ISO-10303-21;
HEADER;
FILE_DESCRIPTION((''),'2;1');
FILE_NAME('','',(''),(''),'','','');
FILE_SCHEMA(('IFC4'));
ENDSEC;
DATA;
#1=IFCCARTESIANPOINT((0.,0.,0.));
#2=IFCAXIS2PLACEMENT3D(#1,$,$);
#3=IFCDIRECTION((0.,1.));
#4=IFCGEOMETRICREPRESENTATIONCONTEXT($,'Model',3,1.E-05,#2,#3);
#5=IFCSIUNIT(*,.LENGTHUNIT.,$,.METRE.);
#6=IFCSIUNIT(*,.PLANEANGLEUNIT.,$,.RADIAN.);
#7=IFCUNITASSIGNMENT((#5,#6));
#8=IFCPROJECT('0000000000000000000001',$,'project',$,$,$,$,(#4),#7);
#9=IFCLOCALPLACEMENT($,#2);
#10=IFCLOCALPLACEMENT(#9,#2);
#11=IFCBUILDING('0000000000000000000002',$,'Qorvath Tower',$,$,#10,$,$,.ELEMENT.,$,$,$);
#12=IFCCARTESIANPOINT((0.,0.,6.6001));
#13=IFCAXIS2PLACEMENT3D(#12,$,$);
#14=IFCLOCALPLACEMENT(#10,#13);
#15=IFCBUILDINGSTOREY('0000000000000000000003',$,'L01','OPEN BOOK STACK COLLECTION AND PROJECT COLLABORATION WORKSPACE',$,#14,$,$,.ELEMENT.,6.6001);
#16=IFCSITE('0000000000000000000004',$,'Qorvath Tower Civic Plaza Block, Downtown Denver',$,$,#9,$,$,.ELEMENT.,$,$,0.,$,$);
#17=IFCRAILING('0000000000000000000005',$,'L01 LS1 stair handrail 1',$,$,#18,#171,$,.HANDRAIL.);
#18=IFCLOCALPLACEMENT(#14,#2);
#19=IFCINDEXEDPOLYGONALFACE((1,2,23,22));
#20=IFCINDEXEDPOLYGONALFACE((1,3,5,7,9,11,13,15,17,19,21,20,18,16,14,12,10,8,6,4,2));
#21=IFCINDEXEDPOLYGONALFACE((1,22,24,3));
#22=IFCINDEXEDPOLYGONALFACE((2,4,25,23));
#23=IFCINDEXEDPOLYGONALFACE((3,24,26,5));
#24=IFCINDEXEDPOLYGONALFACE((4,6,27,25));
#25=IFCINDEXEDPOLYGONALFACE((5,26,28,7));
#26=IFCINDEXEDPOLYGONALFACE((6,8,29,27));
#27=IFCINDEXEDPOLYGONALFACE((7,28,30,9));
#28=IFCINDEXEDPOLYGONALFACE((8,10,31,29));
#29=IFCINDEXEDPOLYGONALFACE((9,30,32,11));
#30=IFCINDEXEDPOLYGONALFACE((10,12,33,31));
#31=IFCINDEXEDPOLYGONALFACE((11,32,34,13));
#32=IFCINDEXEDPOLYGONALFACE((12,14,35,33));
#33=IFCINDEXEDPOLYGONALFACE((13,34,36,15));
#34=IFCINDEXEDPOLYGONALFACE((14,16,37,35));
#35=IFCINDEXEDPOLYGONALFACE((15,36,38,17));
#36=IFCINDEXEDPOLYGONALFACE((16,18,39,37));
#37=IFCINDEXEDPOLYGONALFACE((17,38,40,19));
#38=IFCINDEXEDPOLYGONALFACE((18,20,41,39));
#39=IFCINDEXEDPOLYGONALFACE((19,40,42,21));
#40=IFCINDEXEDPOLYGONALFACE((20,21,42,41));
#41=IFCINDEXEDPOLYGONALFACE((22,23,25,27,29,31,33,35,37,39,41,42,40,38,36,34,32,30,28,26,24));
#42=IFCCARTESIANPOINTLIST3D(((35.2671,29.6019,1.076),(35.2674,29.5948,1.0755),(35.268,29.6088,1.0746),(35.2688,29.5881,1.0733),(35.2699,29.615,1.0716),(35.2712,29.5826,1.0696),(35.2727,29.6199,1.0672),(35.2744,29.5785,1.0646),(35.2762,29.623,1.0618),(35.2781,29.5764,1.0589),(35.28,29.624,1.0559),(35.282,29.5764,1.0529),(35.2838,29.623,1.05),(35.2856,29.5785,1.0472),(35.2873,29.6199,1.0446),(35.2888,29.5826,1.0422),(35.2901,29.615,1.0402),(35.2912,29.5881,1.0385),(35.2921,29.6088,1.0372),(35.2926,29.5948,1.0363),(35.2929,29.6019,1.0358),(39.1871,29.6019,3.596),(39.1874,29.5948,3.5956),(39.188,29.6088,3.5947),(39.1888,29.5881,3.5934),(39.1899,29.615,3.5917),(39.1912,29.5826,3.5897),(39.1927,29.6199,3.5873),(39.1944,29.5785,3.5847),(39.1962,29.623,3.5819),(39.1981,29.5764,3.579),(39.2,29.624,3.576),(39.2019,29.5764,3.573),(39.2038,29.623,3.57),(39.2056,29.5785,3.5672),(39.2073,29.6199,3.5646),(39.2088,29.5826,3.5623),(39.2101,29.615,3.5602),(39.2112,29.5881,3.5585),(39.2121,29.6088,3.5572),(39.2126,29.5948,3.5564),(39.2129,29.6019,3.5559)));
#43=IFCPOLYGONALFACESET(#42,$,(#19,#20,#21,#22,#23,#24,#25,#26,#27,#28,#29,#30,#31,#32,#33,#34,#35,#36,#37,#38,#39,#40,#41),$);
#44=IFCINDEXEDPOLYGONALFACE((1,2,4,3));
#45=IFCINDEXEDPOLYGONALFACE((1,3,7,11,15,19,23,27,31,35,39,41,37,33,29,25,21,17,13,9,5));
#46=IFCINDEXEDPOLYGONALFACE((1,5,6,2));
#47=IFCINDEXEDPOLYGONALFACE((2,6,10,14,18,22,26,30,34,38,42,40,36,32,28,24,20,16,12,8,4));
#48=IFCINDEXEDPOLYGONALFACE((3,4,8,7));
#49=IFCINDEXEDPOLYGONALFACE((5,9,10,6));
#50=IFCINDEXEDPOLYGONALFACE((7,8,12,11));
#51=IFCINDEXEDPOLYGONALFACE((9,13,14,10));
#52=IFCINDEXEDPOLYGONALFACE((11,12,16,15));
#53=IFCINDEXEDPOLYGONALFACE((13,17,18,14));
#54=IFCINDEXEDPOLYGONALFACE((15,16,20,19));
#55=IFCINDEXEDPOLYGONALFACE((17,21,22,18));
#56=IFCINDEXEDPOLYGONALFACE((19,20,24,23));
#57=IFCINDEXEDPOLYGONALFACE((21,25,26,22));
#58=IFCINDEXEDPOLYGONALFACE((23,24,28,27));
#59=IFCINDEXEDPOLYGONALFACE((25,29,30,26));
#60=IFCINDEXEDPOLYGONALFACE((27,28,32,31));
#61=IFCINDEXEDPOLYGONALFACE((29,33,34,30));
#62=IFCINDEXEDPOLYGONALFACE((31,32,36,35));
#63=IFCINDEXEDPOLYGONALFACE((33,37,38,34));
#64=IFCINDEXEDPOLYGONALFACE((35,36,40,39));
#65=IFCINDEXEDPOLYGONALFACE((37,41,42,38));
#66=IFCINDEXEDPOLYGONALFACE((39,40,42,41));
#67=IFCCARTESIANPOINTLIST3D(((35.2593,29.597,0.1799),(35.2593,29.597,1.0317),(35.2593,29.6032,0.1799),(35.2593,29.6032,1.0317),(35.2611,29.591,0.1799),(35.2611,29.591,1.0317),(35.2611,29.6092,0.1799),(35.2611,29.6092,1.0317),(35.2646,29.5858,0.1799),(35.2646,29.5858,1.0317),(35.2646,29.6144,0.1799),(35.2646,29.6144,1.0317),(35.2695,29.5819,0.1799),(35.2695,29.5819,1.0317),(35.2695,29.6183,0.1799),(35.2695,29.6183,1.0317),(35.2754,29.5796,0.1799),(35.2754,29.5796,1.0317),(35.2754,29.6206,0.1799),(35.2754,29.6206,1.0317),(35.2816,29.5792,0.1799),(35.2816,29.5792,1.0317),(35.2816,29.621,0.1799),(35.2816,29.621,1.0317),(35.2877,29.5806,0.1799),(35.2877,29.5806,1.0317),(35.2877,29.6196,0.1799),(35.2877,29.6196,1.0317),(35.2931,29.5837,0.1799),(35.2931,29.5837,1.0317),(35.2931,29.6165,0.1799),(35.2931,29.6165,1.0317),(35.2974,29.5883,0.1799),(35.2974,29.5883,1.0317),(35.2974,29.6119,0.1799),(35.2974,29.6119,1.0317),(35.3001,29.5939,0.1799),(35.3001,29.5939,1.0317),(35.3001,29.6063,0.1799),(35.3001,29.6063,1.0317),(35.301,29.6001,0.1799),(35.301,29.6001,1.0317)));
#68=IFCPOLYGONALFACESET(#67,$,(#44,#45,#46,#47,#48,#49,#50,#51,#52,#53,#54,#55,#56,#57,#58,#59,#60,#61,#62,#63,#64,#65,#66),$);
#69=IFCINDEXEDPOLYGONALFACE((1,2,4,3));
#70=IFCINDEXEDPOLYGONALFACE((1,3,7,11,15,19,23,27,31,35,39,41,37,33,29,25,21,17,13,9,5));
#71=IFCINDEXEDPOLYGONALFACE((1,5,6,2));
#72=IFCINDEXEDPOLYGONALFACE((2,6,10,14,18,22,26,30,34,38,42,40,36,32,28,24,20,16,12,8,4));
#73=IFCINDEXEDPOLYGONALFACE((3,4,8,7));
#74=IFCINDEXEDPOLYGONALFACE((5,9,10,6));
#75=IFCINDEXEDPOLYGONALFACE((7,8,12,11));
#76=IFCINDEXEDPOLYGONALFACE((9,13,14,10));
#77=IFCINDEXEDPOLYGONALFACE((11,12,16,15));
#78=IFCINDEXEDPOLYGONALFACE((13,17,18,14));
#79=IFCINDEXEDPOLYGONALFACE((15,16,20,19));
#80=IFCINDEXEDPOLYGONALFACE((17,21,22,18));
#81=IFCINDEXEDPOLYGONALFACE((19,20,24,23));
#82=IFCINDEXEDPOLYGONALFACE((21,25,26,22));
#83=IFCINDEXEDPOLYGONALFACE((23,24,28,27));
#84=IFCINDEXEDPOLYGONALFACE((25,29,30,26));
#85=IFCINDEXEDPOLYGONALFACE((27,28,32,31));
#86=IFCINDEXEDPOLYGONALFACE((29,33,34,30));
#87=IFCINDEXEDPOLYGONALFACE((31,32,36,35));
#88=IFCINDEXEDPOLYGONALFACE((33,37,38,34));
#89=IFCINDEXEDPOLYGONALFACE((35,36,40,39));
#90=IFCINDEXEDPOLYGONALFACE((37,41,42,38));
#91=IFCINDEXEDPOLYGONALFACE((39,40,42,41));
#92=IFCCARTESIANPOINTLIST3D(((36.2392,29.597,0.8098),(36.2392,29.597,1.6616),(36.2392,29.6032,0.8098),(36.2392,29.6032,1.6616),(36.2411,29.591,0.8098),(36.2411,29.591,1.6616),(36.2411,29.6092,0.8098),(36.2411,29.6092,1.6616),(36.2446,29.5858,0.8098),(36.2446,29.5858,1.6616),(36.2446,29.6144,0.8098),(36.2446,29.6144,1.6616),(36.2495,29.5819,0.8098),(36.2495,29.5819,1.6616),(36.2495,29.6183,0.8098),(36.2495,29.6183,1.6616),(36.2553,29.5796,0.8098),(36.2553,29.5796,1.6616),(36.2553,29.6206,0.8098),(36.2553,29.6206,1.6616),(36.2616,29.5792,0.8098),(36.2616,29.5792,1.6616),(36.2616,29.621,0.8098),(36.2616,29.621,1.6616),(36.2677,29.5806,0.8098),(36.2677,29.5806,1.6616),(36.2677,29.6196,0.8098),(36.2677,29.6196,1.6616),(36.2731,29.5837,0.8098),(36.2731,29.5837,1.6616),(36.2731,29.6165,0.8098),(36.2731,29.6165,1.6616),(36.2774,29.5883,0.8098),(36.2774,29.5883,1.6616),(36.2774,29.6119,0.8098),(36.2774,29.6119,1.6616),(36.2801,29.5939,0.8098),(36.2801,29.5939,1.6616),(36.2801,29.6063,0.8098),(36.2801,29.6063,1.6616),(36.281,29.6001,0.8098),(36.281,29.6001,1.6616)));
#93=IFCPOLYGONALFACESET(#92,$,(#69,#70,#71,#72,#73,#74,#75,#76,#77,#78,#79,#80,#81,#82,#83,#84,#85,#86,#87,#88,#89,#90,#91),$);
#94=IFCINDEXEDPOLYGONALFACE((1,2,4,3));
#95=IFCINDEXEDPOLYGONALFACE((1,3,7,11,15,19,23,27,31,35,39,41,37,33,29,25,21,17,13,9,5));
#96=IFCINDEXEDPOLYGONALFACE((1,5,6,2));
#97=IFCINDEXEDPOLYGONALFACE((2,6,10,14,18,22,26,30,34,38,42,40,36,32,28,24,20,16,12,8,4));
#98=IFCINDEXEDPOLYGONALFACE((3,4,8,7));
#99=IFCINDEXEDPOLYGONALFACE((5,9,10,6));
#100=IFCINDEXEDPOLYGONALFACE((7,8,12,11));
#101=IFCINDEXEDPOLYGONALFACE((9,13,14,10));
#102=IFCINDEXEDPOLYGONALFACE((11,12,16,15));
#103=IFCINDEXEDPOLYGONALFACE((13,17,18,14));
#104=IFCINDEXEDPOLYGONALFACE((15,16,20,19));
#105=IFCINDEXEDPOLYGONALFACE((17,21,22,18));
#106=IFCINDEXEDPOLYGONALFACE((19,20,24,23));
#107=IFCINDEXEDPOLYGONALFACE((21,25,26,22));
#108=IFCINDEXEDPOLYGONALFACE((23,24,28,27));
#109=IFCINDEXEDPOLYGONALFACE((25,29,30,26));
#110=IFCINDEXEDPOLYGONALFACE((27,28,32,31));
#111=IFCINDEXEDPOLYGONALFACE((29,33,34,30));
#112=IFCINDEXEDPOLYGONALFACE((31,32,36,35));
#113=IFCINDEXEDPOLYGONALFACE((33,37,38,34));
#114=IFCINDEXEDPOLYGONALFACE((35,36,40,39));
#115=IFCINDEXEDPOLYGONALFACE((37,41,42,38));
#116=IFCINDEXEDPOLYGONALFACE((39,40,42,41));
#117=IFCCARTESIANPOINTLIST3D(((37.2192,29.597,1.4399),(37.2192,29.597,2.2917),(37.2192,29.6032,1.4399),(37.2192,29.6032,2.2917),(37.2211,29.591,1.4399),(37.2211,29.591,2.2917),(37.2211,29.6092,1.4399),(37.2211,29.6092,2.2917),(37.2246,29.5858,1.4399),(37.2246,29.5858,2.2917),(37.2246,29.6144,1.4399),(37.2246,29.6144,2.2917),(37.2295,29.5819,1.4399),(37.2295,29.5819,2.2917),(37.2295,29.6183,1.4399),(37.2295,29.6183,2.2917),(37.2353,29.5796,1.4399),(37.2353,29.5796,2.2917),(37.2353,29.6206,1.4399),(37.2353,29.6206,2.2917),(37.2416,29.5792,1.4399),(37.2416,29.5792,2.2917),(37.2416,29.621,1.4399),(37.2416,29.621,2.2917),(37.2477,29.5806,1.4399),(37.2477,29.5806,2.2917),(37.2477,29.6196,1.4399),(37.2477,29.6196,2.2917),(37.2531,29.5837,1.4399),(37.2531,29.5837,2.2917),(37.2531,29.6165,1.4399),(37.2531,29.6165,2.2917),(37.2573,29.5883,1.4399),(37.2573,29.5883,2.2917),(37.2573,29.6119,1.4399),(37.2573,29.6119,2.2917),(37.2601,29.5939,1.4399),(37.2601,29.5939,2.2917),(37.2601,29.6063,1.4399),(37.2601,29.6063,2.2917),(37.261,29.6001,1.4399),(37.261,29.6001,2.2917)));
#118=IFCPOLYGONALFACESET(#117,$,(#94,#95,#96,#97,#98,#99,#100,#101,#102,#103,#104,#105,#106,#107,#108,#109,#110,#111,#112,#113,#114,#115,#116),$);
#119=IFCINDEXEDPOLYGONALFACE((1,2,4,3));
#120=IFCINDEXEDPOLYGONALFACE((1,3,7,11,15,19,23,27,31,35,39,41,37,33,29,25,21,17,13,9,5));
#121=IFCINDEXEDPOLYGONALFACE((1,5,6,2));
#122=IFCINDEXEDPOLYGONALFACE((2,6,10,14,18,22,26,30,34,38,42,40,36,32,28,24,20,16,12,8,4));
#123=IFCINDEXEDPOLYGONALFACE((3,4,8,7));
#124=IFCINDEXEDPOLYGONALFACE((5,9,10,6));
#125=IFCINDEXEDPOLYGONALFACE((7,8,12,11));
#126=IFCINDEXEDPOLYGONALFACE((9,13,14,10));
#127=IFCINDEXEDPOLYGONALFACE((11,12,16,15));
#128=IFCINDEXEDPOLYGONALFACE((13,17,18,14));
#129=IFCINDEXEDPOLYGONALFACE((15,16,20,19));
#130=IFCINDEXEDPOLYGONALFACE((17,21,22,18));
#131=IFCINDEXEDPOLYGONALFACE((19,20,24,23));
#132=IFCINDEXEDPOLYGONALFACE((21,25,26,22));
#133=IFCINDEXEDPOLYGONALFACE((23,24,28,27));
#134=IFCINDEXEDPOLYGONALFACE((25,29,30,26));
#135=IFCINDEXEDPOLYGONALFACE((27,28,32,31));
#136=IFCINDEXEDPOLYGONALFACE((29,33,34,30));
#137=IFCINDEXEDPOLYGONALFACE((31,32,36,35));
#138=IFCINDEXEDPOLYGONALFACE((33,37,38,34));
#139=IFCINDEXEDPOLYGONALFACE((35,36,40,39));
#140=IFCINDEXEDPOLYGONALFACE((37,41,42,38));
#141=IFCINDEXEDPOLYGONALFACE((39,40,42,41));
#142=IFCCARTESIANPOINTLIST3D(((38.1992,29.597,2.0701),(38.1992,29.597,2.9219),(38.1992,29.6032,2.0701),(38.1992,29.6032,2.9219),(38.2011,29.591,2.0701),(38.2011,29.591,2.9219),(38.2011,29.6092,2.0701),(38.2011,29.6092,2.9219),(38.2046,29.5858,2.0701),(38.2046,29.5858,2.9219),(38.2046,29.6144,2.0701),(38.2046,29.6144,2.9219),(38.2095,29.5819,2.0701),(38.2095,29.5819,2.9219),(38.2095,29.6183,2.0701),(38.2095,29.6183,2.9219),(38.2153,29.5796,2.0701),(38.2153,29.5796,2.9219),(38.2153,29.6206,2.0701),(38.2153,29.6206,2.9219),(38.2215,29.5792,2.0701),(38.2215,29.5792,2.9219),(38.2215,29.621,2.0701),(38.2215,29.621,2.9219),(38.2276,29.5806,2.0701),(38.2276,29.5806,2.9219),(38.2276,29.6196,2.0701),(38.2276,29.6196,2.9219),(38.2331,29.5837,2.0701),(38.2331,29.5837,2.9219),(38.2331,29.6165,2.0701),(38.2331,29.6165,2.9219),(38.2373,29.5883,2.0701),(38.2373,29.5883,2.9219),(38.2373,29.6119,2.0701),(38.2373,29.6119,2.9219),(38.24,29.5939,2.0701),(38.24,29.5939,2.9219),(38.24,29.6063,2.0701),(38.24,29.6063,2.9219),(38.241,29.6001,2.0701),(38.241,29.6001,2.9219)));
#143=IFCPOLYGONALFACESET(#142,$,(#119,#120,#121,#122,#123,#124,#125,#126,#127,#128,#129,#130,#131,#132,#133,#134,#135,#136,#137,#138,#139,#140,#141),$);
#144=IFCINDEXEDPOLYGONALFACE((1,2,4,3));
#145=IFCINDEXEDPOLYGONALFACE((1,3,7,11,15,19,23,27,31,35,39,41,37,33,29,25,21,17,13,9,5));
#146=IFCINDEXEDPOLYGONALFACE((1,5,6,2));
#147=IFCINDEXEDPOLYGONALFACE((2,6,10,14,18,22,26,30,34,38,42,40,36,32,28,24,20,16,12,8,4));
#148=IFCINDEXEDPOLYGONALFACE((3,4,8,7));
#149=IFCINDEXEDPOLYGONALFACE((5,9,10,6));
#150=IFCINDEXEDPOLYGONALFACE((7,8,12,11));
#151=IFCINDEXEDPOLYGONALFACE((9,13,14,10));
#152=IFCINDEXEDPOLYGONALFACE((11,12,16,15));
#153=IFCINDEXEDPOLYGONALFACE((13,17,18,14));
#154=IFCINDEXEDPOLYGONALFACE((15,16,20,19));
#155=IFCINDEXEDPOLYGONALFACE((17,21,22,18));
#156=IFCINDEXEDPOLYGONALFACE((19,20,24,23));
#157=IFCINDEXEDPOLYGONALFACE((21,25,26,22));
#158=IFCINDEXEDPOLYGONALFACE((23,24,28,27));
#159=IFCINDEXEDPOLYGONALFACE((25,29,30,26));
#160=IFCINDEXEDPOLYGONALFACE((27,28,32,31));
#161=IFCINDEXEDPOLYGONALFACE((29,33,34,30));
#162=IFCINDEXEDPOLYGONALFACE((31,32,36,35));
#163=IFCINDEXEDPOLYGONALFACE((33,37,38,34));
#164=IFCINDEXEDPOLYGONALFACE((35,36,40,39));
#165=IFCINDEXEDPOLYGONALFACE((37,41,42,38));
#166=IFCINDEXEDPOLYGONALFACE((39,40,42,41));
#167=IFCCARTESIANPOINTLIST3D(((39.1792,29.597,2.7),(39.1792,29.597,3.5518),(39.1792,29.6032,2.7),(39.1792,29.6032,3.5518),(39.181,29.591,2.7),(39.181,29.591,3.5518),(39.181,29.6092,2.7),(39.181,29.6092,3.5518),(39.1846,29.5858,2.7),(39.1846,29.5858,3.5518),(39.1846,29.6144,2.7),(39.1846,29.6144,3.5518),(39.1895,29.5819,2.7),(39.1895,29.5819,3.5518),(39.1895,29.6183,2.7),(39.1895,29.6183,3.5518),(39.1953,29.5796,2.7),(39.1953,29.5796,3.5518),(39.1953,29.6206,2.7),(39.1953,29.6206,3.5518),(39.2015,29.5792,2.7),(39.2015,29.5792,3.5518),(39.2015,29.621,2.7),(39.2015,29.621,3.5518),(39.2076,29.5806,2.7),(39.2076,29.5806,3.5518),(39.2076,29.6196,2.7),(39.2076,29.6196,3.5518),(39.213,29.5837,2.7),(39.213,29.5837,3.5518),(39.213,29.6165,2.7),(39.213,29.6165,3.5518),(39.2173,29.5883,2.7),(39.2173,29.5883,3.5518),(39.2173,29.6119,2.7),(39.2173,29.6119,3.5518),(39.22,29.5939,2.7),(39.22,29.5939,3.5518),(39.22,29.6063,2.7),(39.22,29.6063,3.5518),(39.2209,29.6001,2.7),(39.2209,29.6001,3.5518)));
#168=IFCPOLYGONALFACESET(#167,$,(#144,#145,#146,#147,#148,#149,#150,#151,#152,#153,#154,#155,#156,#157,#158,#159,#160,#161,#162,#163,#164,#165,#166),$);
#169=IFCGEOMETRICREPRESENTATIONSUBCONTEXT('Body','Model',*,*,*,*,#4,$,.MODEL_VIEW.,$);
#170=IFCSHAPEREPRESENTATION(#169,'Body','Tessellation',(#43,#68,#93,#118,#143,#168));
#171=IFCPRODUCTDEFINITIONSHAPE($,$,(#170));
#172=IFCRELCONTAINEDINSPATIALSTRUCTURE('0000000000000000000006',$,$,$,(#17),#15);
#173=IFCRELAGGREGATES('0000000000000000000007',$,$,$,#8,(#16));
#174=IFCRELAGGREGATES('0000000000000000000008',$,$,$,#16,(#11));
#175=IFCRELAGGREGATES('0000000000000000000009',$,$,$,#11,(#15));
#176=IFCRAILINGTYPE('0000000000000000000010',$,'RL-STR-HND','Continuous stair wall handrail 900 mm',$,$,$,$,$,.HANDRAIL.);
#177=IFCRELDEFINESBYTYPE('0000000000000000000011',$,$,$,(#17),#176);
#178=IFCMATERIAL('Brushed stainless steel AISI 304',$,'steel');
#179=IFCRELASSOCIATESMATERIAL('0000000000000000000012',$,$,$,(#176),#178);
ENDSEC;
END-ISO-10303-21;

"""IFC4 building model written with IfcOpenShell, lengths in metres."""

from ifc_helpers import new_model, si_unit, direction, frame, origin, origin_2d, place, context, subcontext, project, spatial, circle, extrude, material, type_object, element, save


model = new_model("IFC4")

# Units and contexts
model_context = context("Model", 3, precision=1e-05, world=origin(), true_north=direction((0.0, 1.0)))
body_context = subcontext(model_context, "Body", "Model", "MODEL_VIEW")
ifc_project = project(units=[si_unit("LENGTHUNIT", "METRE"), si_unit("PLANEANGLEUNIT", "RADIAN")], contexts=[model_context])

# Site, building, storey
site_placement = place(None, origin())
site = spatial("IfcSite", under=ifc_project, at=site_placement, Name="Qorvath Tower Civic Plaza Block, Downtown Denver", CompositionType="ELEMENT", RefElevation=0.0)
building_placement = place(site_placement, origin())
building = spatial("IfcBuilding", under=site, at=building_placement, Name="Qorvath Tower", CompositionType="ELEMENT")
storey_placement = place(building_placement, frame((0.0, 0.0, 6.6001)))
storey = spatial("IfcBuildingStorey", under=building, at=storey_placement, Name="L01", Description="OPEN BOOK STACK COLLECTION AND PROJECT COLLABORATION WORKSPACE", CompositionType="ELEMENT", Elevation=6.6001)

# Railing
ifc_material_1 = material(Name="Brushed stainless steel AISI 304", Category="steel")
railing_type_1 = type_object("IfcRailingType", Name="RL-STR-HND", Description="Continuous stair wall handrail 900 mm", PredefinedType="HANDRAIL", material=ifc_material_1)
railing_1_placement = place(storey_placement, frame((35.28, 29.6001, 0.1799)))
element("IfcRailing", 1, at=railing_1_placement, inside=storey, type_object=railing_type_1, Name="L01 LS1 stair handrail 1", PredefinedType="HANDRAIL", context=body_context, shape_type="SweptSolid", body=[
    extrude(circle(Radius=0.0239, at=origin_2d()), frame((0.0, 0.0, 0.876), z_axis=(0.841172, 0.0, 0.540768), x_axis=(0.0, 1.0, 0.0)), (0.0, 0.0, 1.0), 4.6602),
    extrude(circle(Radius=0.021, at=origin_2d()), origin(), (0.0, 0.0, 1.0), 0.8518),
    extrude(circle(Radius=0.021, at=origin_2d()), frame((0.98, 0.0, 0.6299)), (0.0, 0.0, 1.0), 0.8518),
    extrude(circle(Radius=0.021, at=origin_2d()), frame((1.96, 0.0, 1.26)), (0.0, 0.0, 1.0), 0.8518),
    extrude(circle(Radius=0.021, at=origin_2d()), frame((2.9399, 0.0, 1.8901)), (0.0, 0.0, 1.0), 0.8518),
    extrude(circle(Radius=0.021, at=origin_2d()), frame((3.9199, 0.0, 2.52)), (0.0, 0.0, 1.0), 0.8518),
])

save(model, "model.ifc")
